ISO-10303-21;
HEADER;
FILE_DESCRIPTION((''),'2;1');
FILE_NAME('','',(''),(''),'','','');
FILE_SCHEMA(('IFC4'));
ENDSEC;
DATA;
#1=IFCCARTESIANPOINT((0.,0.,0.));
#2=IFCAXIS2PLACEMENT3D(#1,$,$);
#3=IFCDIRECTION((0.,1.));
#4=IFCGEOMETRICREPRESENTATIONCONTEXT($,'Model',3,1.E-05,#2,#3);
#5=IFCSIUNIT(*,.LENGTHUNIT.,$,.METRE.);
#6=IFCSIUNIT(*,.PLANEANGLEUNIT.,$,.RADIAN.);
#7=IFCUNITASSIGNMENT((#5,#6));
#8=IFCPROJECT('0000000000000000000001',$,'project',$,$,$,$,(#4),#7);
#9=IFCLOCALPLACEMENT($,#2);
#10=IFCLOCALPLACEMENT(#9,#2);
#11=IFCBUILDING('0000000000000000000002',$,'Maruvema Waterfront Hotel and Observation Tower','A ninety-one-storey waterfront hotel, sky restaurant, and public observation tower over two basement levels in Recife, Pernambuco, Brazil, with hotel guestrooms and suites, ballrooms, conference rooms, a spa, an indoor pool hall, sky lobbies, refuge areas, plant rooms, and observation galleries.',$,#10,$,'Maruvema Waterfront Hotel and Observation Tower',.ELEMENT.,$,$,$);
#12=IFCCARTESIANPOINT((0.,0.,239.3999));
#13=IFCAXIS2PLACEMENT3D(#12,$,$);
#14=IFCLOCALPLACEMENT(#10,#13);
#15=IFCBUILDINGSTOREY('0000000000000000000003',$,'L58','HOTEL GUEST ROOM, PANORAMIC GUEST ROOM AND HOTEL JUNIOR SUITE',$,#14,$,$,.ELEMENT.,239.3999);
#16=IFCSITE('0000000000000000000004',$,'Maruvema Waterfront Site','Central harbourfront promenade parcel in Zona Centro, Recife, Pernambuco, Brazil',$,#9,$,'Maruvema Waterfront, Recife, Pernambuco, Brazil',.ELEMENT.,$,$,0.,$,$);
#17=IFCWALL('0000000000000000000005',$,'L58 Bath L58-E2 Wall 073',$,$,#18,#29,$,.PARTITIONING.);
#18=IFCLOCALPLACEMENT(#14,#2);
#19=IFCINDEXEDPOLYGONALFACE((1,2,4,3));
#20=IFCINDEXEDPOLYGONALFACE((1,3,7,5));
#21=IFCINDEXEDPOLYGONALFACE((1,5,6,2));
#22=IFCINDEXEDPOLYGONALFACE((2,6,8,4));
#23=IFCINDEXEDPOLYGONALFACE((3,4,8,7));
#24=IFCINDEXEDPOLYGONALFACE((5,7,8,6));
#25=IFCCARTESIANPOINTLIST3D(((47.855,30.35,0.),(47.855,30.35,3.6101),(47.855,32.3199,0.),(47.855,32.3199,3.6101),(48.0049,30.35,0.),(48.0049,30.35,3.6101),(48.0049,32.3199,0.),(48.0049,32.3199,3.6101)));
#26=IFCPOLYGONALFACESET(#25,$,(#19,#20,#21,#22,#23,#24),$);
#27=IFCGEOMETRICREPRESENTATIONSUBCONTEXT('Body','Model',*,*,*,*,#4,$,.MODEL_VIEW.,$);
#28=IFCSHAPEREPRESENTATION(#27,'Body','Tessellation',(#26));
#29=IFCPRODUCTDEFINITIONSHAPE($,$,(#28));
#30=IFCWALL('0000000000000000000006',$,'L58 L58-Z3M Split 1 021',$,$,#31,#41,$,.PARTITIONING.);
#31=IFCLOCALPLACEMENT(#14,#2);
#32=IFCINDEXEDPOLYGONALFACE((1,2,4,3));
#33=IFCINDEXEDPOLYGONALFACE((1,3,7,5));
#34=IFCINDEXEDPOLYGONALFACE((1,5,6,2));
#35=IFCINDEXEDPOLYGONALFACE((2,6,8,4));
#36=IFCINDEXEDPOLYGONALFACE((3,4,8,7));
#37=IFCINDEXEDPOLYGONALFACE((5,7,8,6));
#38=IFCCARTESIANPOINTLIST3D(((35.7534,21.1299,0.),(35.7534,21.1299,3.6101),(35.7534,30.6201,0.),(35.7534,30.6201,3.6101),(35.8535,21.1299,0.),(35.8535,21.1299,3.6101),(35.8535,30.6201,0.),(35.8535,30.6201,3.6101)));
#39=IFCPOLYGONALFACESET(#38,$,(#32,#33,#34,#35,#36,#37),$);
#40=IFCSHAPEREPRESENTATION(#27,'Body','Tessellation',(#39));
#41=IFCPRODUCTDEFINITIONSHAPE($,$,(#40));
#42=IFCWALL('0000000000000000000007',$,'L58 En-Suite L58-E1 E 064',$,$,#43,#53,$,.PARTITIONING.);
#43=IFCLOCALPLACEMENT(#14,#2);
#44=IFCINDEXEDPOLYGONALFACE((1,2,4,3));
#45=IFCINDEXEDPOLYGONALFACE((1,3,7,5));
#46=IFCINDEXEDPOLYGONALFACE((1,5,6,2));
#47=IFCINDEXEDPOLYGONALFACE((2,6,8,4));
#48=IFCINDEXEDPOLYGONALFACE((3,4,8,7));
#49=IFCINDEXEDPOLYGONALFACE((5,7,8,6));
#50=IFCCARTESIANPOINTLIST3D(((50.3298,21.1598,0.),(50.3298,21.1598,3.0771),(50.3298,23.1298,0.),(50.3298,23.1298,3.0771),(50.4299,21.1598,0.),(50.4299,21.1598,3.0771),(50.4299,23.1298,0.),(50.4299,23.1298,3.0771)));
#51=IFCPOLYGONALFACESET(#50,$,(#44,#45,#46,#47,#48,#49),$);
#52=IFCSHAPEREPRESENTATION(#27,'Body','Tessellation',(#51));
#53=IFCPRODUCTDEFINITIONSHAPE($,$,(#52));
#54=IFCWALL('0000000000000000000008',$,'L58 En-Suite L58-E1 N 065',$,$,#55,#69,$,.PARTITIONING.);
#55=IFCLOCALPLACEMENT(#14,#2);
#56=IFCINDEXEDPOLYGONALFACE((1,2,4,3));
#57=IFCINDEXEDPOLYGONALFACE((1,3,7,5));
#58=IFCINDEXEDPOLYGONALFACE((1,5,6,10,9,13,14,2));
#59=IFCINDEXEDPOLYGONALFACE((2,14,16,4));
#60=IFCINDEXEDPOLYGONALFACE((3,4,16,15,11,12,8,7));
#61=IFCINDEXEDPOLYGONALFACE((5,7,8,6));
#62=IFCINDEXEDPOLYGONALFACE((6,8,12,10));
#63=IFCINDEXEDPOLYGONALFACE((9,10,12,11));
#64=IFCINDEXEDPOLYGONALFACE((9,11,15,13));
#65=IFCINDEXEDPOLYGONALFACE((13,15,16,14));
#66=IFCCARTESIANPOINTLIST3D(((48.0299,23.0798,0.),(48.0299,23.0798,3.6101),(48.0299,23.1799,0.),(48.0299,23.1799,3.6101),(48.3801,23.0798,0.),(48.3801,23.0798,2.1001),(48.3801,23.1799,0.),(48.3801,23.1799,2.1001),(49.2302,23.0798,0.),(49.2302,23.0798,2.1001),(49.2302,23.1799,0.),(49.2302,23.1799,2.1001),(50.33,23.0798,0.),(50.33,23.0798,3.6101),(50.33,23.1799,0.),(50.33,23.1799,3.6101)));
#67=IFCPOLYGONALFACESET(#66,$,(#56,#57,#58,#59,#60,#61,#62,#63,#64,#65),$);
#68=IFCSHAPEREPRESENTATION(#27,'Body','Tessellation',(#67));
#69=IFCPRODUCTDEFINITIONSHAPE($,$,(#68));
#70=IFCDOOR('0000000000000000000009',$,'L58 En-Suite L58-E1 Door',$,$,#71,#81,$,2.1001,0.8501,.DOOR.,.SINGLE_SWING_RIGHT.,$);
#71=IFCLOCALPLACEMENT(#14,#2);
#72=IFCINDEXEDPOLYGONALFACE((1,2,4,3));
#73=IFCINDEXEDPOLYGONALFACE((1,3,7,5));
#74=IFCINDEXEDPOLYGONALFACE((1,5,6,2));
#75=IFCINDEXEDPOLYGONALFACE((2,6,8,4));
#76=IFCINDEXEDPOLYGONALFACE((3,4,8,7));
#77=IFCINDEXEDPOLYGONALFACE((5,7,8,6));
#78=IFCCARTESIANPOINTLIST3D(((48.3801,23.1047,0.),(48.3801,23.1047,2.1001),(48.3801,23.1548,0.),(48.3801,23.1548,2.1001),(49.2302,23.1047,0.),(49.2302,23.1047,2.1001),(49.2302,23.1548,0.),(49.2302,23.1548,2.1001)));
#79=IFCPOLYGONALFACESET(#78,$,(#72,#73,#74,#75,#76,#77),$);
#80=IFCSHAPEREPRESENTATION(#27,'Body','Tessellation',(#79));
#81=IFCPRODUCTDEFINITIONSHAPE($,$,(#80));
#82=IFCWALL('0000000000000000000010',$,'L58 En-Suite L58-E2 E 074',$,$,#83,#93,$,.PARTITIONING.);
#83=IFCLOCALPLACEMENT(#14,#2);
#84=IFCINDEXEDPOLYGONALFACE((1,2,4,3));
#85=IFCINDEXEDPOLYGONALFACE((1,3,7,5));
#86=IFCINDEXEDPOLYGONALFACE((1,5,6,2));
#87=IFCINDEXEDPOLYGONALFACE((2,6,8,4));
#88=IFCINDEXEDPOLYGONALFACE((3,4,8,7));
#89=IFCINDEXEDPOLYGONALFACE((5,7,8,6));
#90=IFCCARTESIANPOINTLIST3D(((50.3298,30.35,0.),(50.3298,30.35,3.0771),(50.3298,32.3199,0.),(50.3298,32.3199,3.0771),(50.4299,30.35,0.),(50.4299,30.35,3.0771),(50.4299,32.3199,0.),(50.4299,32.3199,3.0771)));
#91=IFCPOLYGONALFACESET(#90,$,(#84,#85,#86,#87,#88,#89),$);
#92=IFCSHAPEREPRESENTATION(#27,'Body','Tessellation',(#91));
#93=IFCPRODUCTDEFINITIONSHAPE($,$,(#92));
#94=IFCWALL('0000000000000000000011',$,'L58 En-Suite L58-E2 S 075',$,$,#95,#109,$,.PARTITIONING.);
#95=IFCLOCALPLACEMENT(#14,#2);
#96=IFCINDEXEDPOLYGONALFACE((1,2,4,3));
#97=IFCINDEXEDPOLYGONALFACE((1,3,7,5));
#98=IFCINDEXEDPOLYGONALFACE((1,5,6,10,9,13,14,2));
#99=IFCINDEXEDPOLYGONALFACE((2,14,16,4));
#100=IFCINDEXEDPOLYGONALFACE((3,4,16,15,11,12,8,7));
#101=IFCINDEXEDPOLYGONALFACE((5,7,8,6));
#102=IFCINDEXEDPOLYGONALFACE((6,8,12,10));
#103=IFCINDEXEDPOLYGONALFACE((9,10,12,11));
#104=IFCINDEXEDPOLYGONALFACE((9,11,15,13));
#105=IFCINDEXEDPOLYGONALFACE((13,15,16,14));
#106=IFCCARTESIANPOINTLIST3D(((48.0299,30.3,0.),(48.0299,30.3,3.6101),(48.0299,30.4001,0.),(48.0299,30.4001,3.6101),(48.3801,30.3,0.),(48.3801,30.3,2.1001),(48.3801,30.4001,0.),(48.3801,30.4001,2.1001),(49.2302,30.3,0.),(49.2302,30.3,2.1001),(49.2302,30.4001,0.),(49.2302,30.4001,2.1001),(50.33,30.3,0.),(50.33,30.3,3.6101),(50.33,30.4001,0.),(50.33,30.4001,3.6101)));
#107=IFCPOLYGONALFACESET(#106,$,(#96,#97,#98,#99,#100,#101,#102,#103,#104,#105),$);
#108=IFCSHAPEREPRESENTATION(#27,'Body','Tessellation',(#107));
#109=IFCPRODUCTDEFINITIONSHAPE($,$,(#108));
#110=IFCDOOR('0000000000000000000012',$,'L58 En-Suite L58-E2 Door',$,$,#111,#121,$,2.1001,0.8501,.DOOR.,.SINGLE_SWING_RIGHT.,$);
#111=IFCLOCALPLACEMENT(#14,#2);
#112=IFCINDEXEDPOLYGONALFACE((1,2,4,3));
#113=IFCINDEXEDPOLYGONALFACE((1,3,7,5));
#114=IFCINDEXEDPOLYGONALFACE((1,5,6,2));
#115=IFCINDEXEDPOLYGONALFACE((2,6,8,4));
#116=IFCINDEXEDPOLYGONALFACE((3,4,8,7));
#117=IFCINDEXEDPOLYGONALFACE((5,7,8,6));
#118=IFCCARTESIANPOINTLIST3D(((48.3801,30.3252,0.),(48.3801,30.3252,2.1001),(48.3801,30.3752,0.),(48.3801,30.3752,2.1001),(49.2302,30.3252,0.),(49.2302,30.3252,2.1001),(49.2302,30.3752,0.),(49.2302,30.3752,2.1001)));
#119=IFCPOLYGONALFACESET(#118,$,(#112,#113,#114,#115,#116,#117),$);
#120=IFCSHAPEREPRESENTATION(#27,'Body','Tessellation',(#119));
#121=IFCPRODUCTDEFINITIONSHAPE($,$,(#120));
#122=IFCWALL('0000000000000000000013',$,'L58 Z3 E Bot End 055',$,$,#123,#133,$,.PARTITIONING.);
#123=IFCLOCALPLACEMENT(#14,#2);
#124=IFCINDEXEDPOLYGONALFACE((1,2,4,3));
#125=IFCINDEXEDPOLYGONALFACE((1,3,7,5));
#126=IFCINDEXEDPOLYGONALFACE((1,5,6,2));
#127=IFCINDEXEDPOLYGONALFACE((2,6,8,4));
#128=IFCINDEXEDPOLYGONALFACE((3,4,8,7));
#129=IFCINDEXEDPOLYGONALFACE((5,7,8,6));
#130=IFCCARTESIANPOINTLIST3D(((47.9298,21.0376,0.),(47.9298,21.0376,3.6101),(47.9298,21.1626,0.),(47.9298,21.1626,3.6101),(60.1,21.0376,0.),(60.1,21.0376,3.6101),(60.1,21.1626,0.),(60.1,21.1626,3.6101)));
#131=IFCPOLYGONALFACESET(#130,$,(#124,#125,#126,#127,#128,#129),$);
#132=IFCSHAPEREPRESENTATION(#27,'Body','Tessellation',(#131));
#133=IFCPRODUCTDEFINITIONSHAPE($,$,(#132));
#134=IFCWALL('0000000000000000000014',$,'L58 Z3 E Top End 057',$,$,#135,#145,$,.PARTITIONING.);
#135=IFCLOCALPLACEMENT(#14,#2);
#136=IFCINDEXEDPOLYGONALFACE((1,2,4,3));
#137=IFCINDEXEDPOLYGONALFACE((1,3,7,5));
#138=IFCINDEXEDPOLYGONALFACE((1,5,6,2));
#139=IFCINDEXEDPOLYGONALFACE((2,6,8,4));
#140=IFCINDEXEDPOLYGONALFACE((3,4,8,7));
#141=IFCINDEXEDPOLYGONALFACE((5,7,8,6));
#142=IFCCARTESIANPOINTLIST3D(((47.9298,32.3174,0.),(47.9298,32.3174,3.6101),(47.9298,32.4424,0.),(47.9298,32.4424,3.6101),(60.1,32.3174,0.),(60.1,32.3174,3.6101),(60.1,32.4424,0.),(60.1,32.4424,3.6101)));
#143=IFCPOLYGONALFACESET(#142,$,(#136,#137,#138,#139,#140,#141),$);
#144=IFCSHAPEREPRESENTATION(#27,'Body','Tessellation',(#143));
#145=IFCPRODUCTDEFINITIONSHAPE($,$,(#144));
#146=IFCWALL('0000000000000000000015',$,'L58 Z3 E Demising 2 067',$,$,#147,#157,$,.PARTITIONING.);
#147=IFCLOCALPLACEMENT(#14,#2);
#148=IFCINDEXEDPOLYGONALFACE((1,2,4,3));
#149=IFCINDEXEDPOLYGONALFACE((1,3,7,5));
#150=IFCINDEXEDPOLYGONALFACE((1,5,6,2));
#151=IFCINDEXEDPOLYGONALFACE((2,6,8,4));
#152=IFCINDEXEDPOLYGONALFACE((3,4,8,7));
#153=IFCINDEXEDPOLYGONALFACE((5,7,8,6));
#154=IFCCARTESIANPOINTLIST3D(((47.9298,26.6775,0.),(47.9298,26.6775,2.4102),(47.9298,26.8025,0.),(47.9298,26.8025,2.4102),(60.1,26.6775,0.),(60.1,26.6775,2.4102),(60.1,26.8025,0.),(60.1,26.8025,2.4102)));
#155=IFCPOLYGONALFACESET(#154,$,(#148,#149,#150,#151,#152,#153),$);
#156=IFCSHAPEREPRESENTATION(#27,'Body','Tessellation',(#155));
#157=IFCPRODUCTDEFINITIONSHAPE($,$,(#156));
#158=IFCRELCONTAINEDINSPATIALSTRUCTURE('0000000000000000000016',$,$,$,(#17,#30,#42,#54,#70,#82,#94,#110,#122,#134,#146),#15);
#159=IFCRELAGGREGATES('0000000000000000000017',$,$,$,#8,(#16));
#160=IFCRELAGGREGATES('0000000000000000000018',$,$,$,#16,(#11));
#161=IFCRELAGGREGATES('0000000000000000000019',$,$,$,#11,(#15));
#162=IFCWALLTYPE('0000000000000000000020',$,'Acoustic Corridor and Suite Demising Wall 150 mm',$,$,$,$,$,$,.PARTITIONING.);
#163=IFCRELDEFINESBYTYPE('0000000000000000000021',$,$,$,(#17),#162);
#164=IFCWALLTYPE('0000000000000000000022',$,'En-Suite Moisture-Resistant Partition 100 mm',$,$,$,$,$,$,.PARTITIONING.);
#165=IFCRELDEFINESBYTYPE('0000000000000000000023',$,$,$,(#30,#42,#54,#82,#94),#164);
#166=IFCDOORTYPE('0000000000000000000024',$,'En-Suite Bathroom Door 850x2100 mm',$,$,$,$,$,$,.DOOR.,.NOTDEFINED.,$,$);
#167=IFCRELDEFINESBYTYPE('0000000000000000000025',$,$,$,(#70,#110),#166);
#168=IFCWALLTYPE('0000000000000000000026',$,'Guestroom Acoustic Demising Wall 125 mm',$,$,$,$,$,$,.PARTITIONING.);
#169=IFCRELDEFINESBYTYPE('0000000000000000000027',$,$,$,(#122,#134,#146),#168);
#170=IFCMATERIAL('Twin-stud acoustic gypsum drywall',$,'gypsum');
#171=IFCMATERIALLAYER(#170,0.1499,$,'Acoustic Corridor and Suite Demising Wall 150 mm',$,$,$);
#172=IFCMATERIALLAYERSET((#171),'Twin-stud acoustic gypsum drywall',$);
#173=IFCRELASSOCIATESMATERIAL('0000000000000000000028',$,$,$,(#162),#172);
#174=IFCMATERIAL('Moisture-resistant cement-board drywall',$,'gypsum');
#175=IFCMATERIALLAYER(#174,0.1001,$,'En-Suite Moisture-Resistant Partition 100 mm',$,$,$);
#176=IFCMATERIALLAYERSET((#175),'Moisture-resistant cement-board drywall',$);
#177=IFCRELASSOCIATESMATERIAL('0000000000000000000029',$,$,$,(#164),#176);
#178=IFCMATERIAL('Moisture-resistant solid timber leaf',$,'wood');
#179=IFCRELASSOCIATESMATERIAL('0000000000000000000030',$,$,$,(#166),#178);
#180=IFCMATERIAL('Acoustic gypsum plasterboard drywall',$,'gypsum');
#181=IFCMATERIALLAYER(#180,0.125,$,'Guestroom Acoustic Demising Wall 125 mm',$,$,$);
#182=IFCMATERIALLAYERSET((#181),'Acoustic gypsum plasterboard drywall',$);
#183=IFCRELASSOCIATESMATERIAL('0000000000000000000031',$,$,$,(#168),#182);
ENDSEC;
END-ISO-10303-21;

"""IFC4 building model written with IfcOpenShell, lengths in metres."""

from ifc_helpers import new_model, si_unit, direction, frame, frame_2d, origin, place, context, subcontext, project, spatial, rectangle, extrude, material, layer, layer_set, type_object, element, fill, save


model = new_model("IFC4")

# Units and contexts
model_context = context("Model", 3, precision=1e-05, world=origin(), true_north=direction((0.0, 1.0)))
body_context = subcontext(model_context, "Body", "Model", "MODEL_VIEW")
ifc_project = project(units=[si_unit("LENGTHUNIT", "METRE"), si_unit("PLANEANGLEUNIT", "RADIAN")], contexts=[model_context])

# Site, building, storey
site_placement = place(None, origin())
site = spatial("IfcSite", under=ifc_project, at=site_placement, Name="Maruvema Waterfront Site", Description="Central harbourfront promenade parcel in Zona Centro, Recife, Pernambuco, Brazil", LongName="Maruvema Waterfront, Recife, Pernambuco, Brazil", CompositionType="ELEMENT", RefElevation=0.0)
building_placement = place(site_placement, origin())
building = spatial("IfcBuilding", under=site, at=building_placement, Name="Maruvema Waterfront Hotel and Observation Tower", Description="A ninety-one-storey waterfront hotel, sky restaurant, and public observation tower over two basement levels in Recife, Pernambuco, Brazil, with hotel guestrooms and suites, ballrooms, conference rooms, a spa, an indoor pool hall, sky lobbies, refuge areas, plant rooms, and observation galleries.", LongName="Maruvema Waterfront Hotel and Observation Tower", CompositionType="ELEMENT")
storey_placement = place(building_placement, frame((0.0, 0.0, 239.3999)))
storey = spatial("IfcBuildingStorey", under=building, at=storey_placement, Name="L58", Description="HOTEL GUEST ROOM, PANORAMIC GUEST ROOM AND HOTEL JUNIOR SUITE", CompositionType="ELEMENT", Elevation=239.3999)

# Shared definitions
ifc_material_1 = material(Name="Twin-stud acoustic gypsum drywall", Category="gypsum")
ifc_layer_1 = layer(ifc_material_1, 0.1499, Name="Acoustic Corridor and Suite Demising Wall 150 mm")
ifc_layer_set_1 = layer_set([ifc_layer_1], Name="Twin-stud acoustic gypsum drywall")
wall_type_1 = type_object("IfcWallType", Name="Acoustic Corridor and Suite Demising Wall 150 mm", PredefinedType="PARTITIONING", material=ifc_layer_set_1)

# Walls
wall_1_placement = place(storey_placement, frame((47.9299, 30.3501, 0.0), z_axis=(0.0, 0.0, 1.0), x_axis=(0.0, 1.0, 0.0)))
element("IfcWall", 1, at=wall_1_placement, inside=storey, type_object=wall_type_1, Name="L58 Bath L58-E2 Wall 073", PredefinedType="PARTITIONING", context=body_context, shape_type="SweptSolid", body=[
    extrude(rectangle(XDim=1.97, YDim=0.1499, at=frame_2d((0.9849, 0.0))), origin(), (0.0, 0.0, 1.0), 3.6101),
])
ifc_material_2 = material(Name="Moisture-resistant cement-board drywall", Category="gypsum")
ifc_layer_2 = layer(ifc_material_2, 0.1001, Name="En-Suite Moisture-Resistant Partition 100 mm")
ifc_layer_set_2 = layer_set([ifc_layer_2], Name="Moisture-resistant cement-board drywall")
wall_type_2 = type_object("IfcWallType", Name="En-Suite Moisture-Resistant Partition 100 mm", PredefinedType="PARTITIONING", material=ifc_layer_set_2)
wall_2_placement = place(storey_placement, frame((35.8035, 21.1299, 0.0), z_axis=(0.0, 0.0, 1.0), x_axis=(0.0, 1.0, 0.0)))
element("IfcWall", 2, at=wall_2_placement, inside=storey, type_object=wall_type_2, Name="L58 L58-Z3M Split 1 021", PredefinedType="PARTITIONING", context=body_context, shape_type="SweptSolid", body=[
    extrude(rectangle(XDim=9.4902, YDim=0.1001, at=frame_2d((4.7451, 0.0))), origin(), (0.0, 0.0, 1.0), 3.6101),
])
wall_3_placement = place(storey_placement, frame((50.3799, 21.1599, 0.0), z_axis=(0.0, 0.0, 1.0), x_axis=(0.0, 1.0, 0.0)))
element("IfcWall", 3, at=wall_3_placement, inside=storey, type_object=wall_type_2, Name="L58 En-Suite L58-E1 E 064", PredefinedType="PARTITIONING", context=body_context, shape_type="SweptSolid", body=[
    extrude(rectangle(XDim=1.97, YDim=0.1001, at=frame_2d((0.9849, 0.0))), origin(), (0.0, 0.0, 1.0), 3.0771),
])

# Wall, opening, door
wall_4_placement = place(storey_placement, frame((48.03, 23.1299, 0.0), z_axis=(0.0, 0.0, 1.0), x_axis=(1.0, 0.0, 0.0)))
wall_4 = element("IfcWall", 4, at=wall_4_placement, inside=storey, type_object=wall_type_2, Name="L58 En-Suite L58-E1 N 065", PredefinedType="PARTITIONING", context=body_context, shape_type="SweptSolid", body=[
    extrude(rectangle(XDim=2.3, YDim=0.1001, at=frame_2d((1.1499, 0.0))), origin(), (0.0, 0.0, 1.0), 3.6101),
])
opening_1_placement = place(wall_4_placement, frame((0.3501, 0.0, 0.0)))
opening_1 = element("IfcOpeningElement", 5, at=opening_1_placement, cuts=wall_4, PredefinedType="OPENING", context=body_context, shape_type="SweptSolid", body=[
    extrude(rectangle(XDim=0.8501, YDim=2.1001, at=frame_2d((0.425, 1.05))), frame((0.0, 0.0601, 0.0), z_axis=(0.0, -1.0, 0.0), x_axis=(1.0, 0.0, 0.0)), (0.0, 0.0, 1.0), 0.1201),
])
ifc_material_3 = material(Name="Moisture-resistant solid timber leaf", Category="wood")
door_type_1 = type_object("IfcDoorType", Name="En-Suite Bathroom Door 850x2100 mm", OperationType="NOTDEFINED", PredefinedType="DOOR", material=ifc_material_3)
door_1_placement = place(opening_1_placement, origin())
door_1 = element("IfcDoor", 6, at=door_1_placement, inside=storey, type_object=door_type_1, Name="L58 En-Suite L58-E1 Door", OperationType="SINGLE_SWING_RIGHT", OverallHeight=2.1001, OverallWidth=0.8501, PredefinedType="DOOR", context=body_context, shape_type="SweptSolid", body=[
    extrude(rectangle(XDim=0.8501, YDim=2.1001, at=frame_2d((0.425, 1.05))), frame((0.0, 0.0249, 0.0), z_axis=(0.0, -1.0, 0.0), x_axis=(1.0, 0.0, 0.0)), (0.0, 0.0, 1.0), 0.05),
])
fill(opening_1, door_1)

# Wall
wall_5_placement = place(storey_placement, frame((50.3799, 30.3501, 0.0), z_axis=(0.0, 0.0, 1.0), x_axis=(0.0, 1.0, 0.0)))
element("IfcWall", 7, at=wall_5_placement, inside=storey, type_object=wall_type_2, Name="L58 En-Suite L58-E2 E 074", PredefinedType="PARTITIONING", context=body_context, shape_type="SweptSolid", body=[
    extrude(rectangle(XDim=1.97, YDim=0.1001, at=frame_2d((0.9849, 0.0))), origin(), (0.0, 0.0, 1.0), 3.0771),
])

# Wall, opening, door
wall_6_placement = place(storey_placement, frame((48.03, 30.3501, 0.0), z_axis=(0.0, 0.0, 1.0), x_axis=(1.0, 0.0, 0.0)))
wall_6 = element("IfcWall", 8, at=wall_6_placement, inside=storey, type_object=wall_type_2, Name="L58 En-Suite L58-E2 S 075", PredefinedType="PARTITIONING", context=body_context, shape_type="SweptSolid", body=[
    extrude(rectangle(XDim=2.3, YDim=0.1001, at=frame_2d((1.1499, 0.0))), origin(), (0.0, 0.0, 1.0), 3.6101),
])
opening_2_placement = place(wall_6_placement, frame((0.3501, 0.0, 0.0)))
opening_2 = element("IfcOpeningElement", 9, at=opening_2_placement, cuts=wall_6, PredefinedType="OPENING", context=body_context, shape_type="SweptSolid", body=[
    extrude(rectangle(XDim=0.8501, YDim=2.1001, at=frame_2d((0.425, 1.05))), frame((0.0, 0.0601, 0.0), z_axis=(0.0, -1.0, 0.0), x_axis=(1.0, 0.0, 0.0)), (0.0, 0.0, 1.0), 0.1201),
])
door_2_placement = place(opening_2_placement, frame((0.8501, 0.0, 0.0), z_axis=(0.0, 0.0, 1.0), x_axis=(-1.0, 0.0, 0.0)))
door_2 = element("IfcDoor", 10, at=door_2_placement, inside=storey, type_object=door_type_1, Name="L58 En-Suite L58-E2 Door", OperationType="SINGLE_SWING_RIGHT", OverallHeight=2.1001, OverallWidth=0.8501, PredefinedType="DOOR", context=body_context, shape_type="SweptSolid", body=[
    extrude(rectangle(XDim=0.8501, YDim=2.1001, at=frame_2d((0.425, 1.05))), frame((0.0, 0.0249, 0.0), z_axis=(0.0, -1.0, 0.0), x_axis=(1.0, 0.0, 0.0)), (0.0, 0.0, 1.0), 0.05),
])
fill(opening_2, door_2)

# Walls
ifc_material_4 = material(Name="Acoustic gypsum plasterboard drywall", Category="gypsum")
ifc_layer_3 = layer(ifc_material_4, 0.125, Name="Guestroom Acoustic Demising Wall 125 mm")
ifc_layer_set_3 = layer_set([ifc_layer_3], Name="Acoustic gypsum plasterboard drywall")
wall_type_3 = type_object("IfcWallType", Name="Guestroom Acoustic Demising Wall 125 mm", PredefinedType="PARTITIONING", material=ifc_layer_set_3)
for number, where, z_axis, x_axis, name in (
    (11, (47.9299, 21.1001, 0.0), (0.0, 0.0, 1.0), (1.0, 0.0, 0.0), "L58 Z3 E Bot End 055"),
    (12, (47.9299, 32.3799, 0.0), (0.0, 0.0, 1.0), (1.0, 0.0, 0.0), "L58 Z3 E Top End 057"),
):
    element("IfcWall", number, at=place(storey_placement, frame(where, z_axis=z_axis, x_axis=x_axis)), inside=storey, type_object=wall_type_3, Name=name, PredefinedType="PARTITIONING", context=body_context, shape_type="SweptSolid", body=[
        extrude(rectangle(XDim=12.1702, YDim=0.125, at=frame_2d((6.085, 0.0))), origin(), (0.0, 0.0, 1.0), 3.6101),
    ])
wall_7_placement = place(storey_placement, frame((47.9299, 26.74, 0.0), z_axis=(0.0, 0.0, 1.0), x_axis=(1.0, 0.0, 0.0)))
element("IfcWall", 13, at=wall_7_placement, inside=storey, type_object=wall_type_3, Name="L58 Z3 E Demising 2 067", PredefinedType="PARTITIONING", context=body_context, shape_type="SweptSolid", body=[
    extrude(rectangle(XDim=12.1702, YDim=0.125, at=frame_2d((6.085, 0.0))), origin(), (0.0, 0.0, 1.0), 2.4102),
])

save(model, "model.ifc")
